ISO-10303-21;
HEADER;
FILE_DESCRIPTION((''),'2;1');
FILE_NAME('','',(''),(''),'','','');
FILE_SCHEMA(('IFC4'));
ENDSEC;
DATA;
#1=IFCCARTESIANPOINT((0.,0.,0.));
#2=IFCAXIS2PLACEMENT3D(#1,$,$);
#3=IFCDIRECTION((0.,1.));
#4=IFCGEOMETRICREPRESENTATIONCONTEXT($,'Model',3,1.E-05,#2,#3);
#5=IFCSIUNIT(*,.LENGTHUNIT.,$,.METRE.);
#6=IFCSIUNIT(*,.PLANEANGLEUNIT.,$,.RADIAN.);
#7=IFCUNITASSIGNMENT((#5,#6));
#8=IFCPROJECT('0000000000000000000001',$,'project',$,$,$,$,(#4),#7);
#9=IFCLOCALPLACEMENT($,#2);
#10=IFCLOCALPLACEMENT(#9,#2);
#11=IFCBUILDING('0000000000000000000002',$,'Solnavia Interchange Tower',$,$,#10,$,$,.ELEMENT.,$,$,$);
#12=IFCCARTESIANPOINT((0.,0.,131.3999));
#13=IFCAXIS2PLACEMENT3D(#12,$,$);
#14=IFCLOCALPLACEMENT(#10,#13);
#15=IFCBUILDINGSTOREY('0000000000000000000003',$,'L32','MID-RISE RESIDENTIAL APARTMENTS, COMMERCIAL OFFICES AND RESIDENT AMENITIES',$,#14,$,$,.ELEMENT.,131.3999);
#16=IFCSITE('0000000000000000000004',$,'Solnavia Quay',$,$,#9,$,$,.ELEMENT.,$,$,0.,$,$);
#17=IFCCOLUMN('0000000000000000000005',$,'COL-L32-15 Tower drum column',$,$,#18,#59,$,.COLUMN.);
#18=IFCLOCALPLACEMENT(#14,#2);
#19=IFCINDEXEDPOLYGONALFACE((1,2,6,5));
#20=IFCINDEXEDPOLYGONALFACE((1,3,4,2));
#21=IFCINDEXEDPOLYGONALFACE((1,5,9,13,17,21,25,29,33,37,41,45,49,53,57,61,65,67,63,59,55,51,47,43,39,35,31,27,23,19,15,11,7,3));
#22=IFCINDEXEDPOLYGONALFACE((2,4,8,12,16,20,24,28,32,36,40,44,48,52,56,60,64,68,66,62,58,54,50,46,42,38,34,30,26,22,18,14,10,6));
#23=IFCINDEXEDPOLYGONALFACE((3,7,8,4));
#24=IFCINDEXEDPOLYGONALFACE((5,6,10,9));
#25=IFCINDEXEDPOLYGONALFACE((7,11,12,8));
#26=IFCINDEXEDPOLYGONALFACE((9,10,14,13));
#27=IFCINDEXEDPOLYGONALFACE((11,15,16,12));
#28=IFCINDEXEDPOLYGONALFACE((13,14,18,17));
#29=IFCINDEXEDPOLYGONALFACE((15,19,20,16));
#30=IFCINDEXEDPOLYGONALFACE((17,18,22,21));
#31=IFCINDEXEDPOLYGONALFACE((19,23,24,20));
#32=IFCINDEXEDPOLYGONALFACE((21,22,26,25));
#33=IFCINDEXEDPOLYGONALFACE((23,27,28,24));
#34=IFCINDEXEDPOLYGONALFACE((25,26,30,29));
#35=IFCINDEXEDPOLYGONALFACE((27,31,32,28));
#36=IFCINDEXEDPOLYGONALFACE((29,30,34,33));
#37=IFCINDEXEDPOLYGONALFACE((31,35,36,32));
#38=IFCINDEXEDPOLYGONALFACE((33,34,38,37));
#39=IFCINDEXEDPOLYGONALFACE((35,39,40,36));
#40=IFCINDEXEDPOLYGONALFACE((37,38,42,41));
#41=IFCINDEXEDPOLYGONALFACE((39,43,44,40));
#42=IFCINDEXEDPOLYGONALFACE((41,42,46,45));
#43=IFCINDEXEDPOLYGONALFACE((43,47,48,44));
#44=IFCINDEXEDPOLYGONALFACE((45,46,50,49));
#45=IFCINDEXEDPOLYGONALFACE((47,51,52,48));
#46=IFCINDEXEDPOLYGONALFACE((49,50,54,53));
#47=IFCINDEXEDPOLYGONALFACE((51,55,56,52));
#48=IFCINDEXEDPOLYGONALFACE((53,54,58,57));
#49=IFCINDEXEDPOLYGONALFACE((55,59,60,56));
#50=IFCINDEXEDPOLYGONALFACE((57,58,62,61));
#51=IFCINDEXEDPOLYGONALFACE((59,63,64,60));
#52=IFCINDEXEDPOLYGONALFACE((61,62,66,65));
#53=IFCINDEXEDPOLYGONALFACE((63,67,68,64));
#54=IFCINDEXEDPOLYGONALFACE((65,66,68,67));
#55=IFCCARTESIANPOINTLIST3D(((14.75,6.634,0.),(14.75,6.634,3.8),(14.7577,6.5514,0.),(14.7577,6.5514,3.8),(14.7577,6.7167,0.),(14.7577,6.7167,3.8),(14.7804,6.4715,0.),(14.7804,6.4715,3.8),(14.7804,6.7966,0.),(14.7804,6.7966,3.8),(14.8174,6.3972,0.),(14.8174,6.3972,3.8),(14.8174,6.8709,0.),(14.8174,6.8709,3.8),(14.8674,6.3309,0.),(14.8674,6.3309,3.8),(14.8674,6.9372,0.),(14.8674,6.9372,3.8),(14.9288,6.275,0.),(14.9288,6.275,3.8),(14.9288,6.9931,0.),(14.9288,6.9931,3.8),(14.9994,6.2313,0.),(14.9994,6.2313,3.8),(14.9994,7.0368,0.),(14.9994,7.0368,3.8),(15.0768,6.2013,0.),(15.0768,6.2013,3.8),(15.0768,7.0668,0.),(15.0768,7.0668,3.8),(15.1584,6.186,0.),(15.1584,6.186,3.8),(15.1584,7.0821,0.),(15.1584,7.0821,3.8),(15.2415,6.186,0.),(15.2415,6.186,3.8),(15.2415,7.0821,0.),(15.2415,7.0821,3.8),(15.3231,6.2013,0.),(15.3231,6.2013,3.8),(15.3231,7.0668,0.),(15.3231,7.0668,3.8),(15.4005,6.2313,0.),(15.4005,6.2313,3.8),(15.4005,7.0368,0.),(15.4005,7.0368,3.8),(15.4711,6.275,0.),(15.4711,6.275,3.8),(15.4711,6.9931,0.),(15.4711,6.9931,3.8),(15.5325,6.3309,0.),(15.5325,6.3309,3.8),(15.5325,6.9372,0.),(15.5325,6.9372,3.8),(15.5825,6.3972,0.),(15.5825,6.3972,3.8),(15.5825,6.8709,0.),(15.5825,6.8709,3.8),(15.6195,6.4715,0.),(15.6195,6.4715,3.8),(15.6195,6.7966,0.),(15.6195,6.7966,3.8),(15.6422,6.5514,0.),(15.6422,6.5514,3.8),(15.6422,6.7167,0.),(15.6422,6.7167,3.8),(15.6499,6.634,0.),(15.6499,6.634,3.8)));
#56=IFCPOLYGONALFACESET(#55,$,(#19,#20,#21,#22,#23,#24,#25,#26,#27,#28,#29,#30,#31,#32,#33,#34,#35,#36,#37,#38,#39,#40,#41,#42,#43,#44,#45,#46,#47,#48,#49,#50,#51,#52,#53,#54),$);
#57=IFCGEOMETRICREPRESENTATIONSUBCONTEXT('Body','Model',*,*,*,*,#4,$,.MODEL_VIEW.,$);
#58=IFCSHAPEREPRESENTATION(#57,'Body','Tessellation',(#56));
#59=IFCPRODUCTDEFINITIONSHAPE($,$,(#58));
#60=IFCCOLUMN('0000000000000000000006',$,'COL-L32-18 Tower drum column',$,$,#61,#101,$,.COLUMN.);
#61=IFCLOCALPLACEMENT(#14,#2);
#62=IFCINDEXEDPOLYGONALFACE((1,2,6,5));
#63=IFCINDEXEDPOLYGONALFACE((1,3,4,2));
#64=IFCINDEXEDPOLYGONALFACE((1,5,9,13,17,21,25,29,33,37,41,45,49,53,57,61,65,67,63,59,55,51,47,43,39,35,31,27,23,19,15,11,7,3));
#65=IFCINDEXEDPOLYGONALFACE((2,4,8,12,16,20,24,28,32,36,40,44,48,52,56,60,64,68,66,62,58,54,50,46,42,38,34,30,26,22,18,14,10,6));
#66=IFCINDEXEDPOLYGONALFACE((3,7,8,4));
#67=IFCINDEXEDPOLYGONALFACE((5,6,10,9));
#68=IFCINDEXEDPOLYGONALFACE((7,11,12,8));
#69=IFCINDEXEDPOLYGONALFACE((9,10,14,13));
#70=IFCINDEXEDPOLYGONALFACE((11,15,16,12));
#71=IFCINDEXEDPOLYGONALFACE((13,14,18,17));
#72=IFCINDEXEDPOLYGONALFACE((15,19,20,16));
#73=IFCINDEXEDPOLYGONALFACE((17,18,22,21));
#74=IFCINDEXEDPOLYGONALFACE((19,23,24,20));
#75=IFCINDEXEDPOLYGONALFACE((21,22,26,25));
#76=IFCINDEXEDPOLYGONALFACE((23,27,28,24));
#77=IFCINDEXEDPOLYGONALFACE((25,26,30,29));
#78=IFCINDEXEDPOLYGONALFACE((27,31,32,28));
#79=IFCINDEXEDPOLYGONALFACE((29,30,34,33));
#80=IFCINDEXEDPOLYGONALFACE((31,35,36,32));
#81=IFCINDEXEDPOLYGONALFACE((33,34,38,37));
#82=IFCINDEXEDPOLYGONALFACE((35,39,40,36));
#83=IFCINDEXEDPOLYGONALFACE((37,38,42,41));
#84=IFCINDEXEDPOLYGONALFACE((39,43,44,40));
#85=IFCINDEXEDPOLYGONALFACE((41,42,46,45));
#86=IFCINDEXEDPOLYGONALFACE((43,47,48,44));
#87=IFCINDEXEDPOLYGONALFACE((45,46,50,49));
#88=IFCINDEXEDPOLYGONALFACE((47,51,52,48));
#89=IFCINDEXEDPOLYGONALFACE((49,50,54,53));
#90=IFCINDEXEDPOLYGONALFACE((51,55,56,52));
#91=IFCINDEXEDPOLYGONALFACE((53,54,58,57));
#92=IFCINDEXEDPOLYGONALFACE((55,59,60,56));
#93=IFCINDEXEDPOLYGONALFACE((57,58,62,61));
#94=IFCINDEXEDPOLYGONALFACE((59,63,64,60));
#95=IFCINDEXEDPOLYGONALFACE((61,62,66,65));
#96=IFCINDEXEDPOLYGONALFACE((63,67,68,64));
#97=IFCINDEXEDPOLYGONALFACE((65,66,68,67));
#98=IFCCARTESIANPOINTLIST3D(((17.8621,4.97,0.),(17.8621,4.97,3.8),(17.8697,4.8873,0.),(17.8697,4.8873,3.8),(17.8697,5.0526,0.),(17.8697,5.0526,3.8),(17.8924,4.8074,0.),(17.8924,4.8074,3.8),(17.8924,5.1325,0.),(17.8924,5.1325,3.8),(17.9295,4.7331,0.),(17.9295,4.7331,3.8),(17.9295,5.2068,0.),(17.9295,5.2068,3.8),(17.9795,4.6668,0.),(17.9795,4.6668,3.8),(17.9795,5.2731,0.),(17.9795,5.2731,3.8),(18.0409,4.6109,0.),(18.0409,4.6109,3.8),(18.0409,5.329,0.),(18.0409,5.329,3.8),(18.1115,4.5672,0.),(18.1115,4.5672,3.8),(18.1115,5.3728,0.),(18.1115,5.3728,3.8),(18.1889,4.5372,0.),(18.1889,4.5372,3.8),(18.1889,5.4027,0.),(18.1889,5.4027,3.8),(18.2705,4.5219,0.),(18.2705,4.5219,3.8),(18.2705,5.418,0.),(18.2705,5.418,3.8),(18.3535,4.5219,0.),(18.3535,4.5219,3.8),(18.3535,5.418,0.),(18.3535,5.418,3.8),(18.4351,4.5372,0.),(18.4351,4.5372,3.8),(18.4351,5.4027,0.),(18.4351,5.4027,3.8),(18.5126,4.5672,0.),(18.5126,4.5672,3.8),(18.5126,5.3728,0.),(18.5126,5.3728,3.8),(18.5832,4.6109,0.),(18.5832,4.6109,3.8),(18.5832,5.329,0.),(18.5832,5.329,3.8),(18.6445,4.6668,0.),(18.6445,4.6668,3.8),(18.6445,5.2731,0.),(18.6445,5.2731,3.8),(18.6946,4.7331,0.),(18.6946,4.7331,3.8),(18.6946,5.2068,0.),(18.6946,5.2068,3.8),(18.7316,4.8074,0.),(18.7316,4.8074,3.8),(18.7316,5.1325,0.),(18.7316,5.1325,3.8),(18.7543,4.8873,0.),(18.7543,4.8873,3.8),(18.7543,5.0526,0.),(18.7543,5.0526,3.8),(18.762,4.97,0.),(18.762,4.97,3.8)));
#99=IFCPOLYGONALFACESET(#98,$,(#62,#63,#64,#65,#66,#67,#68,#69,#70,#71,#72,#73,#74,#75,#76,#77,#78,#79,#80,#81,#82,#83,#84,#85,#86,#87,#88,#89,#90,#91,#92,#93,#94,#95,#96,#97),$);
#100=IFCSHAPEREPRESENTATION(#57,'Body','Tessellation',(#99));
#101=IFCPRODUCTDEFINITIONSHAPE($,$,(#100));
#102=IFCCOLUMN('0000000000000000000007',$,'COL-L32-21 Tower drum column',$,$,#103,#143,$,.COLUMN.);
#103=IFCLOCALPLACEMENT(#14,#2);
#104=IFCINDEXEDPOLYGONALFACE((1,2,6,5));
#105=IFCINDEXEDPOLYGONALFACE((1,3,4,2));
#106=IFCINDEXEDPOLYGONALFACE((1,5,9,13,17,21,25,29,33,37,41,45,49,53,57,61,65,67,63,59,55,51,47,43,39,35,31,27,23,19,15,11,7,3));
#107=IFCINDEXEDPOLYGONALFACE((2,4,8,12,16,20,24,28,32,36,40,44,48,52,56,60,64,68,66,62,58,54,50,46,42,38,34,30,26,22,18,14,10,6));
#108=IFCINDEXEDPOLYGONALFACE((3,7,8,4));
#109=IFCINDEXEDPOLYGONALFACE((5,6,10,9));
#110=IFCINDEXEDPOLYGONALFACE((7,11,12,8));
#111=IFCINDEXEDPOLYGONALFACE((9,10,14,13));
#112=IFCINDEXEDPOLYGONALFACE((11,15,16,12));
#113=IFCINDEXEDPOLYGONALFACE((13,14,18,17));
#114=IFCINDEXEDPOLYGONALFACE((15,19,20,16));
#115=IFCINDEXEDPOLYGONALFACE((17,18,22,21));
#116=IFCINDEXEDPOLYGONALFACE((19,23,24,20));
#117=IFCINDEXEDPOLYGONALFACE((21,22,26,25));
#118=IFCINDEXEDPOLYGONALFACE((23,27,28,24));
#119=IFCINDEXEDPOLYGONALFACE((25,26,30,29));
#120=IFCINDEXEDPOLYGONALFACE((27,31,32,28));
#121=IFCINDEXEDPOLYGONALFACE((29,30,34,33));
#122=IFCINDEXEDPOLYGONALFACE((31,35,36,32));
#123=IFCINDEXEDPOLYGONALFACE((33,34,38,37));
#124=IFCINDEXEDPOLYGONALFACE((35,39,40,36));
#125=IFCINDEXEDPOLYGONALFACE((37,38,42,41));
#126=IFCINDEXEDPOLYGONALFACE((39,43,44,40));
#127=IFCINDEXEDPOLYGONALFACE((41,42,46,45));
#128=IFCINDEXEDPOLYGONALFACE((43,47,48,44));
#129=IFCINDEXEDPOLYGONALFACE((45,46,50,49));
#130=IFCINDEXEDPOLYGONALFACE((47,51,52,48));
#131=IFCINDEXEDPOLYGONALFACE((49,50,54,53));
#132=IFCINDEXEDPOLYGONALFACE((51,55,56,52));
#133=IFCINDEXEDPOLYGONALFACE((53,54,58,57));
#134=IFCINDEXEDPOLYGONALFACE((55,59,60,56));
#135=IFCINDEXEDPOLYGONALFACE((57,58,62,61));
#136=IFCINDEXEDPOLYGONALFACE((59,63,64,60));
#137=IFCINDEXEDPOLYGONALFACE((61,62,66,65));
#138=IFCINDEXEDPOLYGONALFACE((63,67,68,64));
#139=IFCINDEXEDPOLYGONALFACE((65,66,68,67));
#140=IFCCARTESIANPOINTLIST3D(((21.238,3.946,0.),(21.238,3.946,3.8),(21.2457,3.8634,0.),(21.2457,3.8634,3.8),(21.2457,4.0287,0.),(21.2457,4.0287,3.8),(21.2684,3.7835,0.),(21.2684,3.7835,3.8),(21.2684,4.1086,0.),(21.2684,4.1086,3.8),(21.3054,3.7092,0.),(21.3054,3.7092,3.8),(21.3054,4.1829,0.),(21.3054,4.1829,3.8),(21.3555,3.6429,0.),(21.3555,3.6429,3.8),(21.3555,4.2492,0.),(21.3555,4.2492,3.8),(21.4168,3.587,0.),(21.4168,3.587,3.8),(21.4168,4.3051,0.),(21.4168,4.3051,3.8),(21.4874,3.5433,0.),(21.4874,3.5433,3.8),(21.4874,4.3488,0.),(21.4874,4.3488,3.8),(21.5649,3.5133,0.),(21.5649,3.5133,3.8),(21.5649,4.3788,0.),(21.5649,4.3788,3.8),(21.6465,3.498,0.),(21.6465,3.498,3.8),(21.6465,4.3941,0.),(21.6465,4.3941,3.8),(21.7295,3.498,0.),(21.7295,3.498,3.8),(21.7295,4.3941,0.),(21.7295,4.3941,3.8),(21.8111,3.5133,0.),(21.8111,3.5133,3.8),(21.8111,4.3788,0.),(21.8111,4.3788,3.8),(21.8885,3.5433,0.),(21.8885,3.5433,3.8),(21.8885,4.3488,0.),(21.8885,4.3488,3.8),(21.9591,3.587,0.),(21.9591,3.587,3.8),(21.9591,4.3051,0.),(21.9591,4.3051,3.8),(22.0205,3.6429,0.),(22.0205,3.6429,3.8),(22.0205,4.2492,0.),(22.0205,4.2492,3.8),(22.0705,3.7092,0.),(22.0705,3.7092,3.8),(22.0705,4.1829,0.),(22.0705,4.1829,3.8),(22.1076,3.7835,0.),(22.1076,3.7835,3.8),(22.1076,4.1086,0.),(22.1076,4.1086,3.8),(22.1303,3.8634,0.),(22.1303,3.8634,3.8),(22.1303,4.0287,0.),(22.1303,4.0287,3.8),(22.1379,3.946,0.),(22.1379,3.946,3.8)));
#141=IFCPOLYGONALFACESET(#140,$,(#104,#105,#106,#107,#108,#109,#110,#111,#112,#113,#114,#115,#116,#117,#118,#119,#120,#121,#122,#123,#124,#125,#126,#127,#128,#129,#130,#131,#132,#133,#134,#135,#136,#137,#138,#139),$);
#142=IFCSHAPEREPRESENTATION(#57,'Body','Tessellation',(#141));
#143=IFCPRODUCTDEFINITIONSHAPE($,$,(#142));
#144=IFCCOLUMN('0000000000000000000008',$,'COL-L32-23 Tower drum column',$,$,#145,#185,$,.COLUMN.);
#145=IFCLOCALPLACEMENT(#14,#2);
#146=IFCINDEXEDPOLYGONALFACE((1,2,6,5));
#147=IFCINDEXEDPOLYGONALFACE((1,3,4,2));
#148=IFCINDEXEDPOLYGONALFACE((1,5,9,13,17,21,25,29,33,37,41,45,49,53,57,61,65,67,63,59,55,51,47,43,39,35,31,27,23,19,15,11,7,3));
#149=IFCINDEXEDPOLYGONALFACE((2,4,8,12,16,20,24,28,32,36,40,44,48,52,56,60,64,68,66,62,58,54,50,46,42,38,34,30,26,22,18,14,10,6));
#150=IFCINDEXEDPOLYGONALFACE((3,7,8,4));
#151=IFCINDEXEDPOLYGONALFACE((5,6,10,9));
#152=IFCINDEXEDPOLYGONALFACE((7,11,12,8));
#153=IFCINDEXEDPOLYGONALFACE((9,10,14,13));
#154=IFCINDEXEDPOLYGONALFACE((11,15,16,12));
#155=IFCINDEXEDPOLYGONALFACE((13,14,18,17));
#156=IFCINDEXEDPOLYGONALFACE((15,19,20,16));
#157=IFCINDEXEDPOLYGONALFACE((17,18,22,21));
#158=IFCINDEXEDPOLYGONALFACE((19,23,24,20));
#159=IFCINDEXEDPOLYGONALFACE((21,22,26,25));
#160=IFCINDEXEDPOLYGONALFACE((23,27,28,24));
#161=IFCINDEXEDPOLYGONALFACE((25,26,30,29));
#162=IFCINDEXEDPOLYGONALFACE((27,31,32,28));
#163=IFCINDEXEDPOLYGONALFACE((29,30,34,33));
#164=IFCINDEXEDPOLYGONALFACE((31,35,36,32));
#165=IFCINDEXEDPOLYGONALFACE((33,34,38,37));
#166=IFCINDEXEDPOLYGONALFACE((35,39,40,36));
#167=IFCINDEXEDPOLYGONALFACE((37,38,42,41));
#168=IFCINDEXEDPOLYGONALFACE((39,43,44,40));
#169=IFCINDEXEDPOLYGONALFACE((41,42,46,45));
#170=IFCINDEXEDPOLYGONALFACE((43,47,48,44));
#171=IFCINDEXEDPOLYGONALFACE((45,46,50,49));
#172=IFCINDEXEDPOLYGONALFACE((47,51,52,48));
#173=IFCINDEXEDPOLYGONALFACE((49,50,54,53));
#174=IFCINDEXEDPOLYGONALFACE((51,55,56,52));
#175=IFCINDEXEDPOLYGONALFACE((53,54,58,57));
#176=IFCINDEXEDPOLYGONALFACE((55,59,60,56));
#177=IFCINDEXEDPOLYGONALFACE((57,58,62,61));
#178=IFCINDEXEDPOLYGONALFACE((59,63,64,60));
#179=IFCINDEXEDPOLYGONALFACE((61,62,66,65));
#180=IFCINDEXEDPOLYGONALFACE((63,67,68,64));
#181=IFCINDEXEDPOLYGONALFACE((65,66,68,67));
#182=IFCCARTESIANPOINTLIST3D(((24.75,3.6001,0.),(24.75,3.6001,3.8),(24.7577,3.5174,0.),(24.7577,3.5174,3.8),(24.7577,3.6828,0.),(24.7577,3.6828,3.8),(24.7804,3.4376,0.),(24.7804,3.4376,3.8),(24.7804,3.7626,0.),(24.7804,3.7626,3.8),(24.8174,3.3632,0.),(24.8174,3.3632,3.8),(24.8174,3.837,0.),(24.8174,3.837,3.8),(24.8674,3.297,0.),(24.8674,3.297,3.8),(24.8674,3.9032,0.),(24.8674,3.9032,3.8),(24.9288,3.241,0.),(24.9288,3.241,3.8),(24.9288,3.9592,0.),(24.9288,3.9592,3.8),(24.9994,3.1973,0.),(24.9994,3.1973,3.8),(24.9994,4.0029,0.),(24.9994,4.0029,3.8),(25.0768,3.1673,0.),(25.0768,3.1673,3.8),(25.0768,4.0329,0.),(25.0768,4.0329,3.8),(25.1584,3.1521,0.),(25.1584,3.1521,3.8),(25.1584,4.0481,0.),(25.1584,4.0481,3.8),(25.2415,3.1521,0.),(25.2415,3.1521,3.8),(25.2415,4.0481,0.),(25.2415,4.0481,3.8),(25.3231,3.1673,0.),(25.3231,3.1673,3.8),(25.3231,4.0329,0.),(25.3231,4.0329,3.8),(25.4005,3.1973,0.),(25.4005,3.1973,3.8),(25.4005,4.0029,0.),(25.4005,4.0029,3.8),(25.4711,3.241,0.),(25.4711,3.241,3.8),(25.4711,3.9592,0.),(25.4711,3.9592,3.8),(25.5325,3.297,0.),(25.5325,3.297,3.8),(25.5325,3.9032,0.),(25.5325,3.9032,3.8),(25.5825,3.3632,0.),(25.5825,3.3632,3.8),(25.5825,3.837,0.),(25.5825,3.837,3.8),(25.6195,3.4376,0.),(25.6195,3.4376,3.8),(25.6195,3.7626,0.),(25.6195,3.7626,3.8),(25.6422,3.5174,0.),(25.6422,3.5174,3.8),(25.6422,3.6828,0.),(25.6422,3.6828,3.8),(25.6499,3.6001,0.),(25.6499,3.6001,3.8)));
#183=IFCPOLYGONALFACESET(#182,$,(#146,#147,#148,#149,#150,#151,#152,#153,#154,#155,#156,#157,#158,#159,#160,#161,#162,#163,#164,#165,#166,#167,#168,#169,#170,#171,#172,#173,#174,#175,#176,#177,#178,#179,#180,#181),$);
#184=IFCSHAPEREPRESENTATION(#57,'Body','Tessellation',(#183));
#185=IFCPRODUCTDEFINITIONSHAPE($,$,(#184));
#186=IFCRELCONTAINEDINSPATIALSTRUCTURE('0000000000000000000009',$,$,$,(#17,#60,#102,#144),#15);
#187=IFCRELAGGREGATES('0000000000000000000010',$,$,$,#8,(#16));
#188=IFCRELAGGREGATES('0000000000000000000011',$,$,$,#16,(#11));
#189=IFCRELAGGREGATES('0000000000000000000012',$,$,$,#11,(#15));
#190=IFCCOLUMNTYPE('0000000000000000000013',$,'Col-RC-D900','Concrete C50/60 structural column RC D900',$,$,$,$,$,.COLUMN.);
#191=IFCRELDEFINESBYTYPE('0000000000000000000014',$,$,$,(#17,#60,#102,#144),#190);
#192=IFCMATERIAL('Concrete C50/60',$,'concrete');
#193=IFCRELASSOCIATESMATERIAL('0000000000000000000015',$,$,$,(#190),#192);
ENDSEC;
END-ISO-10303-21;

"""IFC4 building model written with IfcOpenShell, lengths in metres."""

from ifc_helpers import new_model, si_unit, direction, frame, origin, origin_2d, place, context, subcontext, project, spatial, circle, extrude, material, material_profile, profile_set, type_object, element, save


model = new_model("IFC4")

# Units and contexts
model_context = context("Model", 3, precision=1e-05, world=origin(), true_north=direction((0.0, 1.0)))
body_context = subcontext(model_context, "Body", "Model", "MODEL_VIEW")
ifc_project = project(units=[si_unit("LENGTHUNIT", "METRE"), si_unit("PLANEANGLEUNIT", "RADIAN")], contexts=[model_context])

# Site, building, storey
site_placement = place(None, origin())
site = spatial("IfcSite", under=ifc_project, at=site_placement, Name="Solnavia Quay", CompositionType="ELEMENT", RefElevation=0.0)
building_placement = place(site_placement, origin())
building = spatial("IfcBuilding", under=site, at=building_placement, Name="Solnavia Interchange Tower", CompositionType="ELEMENT")
storey_placement = place(building_placement, frame((0.0, 0.0, 131.3999)))
storey = spatial("IfcBuildingStorey", under=building, at=storey_placement, Name="L32", Description="MID-RISE RESIDENTIAL APARTMENTS, COMMERCIAL OFFICES AND RESIDENT AMENITIES", CompositionType="ELEMENT", Elevation=131.3999)

# Columns
ifc_material_1 = material(Name="Concrete C50/60", Category="concrete")
ifc_material_profile_1 = material_profile(ifc_material_1, circle(Radius=0.45, at=origin_2d()), Name="RC D900")
ifc_profile_set_1 = profile_set([ifc_material_profile_1], Name="Concrete C50/60")
column_type_1 = type_object("IfcColumnType", Name="Col-RC-D900", Description="Concrete C50/60 structural column RC D900", PredefinedType="COLUMN", material=ifc_profile_set_1)
for number, where, z_axis, x_axis, name in (
    (1, (15.2, 6.634, 0.0), (0.0, 0.0, 1.0), (1.0, 0.0, 0.0), "COL-L32-15 Tower drum column"),
    (2, (18.312, 4.97, 0.0), (0.0, 0.0, 1.0), (1.0, 0.0, 0.0), "COL-L32-18 Tower drum column"),
    (3, (21.688, 3.946, 0.0), (0.0, 0.0, 1.0), (1.0, 0.0, 0.0), "COL-L32-21 Tower drum column"),
    (4, (25.2, 3.6001, 0.0), (0.0, 0.0, 1.0), (1.0, 0.0, 0.0), "COL-L32-23 Tower drum column"),
):
    element("IfcColumn", number, at=place(storey_placement, frame(where, z_axis=z_axis, x_axis=x_axis)), inside=storey, type_object=column_type_1, Name=name, PredefinedType="COLUMN", context=body_context, shape_type="SweptSolid", body=[
        extrude(circle(Radius=0.45, at=origin_2d()), origin(), (0.0, 0.0, 1.0), 3.8),
    ])

save(model, "model.ifc")
